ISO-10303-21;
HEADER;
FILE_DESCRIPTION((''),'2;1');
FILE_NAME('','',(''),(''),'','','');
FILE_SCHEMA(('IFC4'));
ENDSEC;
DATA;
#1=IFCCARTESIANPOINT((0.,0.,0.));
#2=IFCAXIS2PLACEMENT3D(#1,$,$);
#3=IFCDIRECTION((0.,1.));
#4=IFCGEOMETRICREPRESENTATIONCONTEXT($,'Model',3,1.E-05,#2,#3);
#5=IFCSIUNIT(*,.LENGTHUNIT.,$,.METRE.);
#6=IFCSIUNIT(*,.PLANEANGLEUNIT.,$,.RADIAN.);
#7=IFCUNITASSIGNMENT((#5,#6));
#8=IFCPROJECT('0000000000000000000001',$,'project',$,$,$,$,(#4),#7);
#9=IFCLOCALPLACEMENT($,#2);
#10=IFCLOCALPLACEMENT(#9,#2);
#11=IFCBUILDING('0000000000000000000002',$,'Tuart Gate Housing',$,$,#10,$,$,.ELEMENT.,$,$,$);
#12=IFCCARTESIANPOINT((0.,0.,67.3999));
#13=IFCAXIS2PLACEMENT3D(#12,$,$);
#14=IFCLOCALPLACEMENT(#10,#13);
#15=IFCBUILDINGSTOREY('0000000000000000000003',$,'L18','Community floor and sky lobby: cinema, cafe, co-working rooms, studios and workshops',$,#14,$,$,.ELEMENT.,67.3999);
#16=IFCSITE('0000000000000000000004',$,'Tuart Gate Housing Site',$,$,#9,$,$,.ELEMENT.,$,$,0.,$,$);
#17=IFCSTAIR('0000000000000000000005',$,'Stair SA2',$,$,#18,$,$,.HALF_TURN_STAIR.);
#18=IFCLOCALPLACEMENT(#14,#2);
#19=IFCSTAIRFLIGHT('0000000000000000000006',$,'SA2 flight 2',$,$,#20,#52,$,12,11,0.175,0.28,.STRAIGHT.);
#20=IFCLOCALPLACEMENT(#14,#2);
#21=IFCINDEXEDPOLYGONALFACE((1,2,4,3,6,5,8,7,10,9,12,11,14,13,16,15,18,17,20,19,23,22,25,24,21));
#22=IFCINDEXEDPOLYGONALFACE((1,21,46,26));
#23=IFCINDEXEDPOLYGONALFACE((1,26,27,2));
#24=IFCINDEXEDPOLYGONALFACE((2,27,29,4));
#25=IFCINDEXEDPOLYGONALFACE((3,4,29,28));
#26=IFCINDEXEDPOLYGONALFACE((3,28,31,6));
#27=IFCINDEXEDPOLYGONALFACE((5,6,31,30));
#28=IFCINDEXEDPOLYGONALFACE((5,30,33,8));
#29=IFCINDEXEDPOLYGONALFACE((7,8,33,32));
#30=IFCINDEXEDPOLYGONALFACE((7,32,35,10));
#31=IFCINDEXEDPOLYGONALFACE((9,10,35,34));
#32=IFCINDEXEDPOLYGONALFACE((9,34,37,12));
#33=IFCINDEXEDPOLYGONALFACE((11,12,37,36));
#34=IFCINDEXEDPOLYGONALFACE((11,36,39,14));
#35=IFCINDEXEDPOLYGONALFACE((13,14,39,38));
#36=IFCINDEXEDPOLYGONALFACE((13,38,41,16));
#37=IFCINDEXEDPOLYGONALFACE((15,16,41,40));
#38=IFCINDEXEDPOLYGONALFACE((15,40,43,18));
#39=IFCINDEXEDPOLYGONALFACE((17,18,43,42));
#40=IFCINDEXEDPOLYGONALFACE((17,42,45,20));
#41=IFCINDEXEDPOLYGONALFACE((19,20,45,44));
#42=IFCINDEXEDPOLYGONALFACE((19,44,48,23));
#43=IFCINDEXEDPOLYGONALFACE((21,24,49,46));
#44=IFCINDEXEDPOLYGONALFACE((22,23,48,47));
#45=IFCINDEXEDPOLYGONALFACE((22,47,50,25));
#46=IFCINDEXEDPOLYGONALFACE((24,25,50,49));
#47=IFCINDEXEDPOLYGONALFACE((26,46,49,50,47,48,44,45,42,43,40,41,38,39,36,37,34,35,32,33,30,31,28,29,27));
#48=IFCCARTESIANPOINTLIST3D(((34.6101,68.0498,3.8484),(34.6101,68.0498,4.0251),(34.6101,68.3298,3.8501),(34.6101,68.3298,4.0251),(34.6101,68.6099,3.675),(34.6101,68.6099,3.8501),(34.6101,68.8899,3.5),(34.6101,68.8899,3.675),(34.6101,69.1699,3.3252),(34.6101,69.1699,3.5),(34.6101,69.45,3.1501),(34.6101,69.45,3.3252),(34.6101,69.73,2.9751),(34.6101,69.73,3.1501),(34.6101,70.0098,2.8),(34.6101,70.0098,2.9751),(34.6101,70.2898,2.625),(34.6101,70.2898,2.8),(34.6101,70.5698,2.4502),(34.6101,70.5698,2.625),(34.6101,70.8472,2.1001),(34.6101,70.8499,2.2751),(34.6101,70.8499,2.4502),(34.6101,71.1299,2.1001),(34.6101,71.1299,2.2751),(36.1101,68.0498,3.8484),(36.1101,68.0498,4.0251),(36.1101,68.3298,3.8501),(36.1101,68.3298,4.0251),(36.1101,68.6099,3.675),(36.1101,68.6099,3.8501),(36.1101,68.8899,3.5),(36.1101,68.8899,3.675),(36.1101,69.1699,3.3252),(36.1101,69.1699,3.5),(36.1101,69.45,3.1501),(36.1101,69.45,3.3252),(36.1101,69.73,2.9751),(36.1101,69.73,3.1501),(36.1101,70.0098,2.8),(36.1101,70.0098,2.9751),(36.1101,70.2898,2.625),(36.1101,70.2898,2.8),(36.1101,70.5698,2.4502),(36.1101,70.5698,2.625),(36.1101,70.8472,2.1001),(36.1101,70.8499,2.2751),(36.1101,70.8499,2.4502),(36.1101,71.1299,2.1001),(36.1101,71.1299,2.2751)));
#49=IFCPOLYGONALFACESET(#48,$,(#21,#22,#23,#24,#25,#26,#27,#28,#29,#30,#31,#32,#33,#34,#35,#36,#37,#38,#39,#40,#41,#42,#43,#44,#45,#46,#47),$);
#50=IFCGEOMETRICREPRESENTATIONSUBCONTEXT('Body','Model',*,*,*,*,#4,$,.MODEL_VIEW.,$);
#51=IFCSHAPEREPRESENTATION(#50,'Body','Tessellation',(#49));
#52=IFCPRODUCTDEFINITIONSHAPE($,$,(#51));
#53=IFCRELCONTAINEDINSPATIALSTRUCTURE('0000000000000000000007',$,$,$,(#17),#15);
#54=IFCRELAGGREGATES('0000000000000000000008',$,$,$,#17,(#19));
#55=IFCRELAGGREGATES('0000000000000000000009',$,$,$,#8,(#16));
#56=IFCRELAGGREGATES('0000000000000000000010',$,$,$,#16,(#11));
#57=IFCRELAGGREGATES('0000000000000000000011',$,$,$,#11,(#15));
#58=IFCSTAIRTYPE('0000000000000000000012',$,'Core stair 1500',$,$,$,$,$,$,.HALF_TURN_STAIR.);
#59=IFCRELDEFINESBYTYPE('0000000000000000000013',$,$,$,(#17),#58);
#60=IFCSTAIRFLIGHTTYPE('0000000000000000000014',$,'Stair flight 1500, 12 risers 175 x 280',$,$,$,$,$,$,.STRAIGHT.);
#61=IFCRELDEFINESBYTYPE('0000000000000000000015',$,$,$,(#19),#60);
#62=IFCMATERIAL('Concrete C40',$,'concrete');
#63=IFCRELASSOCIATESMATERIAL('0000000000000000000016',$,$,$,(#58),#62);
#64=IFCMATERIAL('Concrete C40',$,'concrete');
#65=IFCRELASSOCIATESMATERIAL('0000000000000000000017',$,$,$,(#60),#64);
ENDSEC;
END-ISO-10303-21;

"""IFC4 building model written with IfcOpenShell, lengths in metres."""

from ifc_helpers import new_model, si_unit, direction, frame, origin, place, context, subcontext, project, spatial, polyline, outline, extrude, material, type_object, element, aggregate, save


model = new_model("IFC4")

# Units and contexts
model_context = context("Model", 3, precision=1e-05, world=origin(), true_north=direction((0.0, 1.0)))
body_context = subcontext(model_context, "Body", "Model", "MODEL_VIEW")
ifc_project = project(units=[si_unit("LENGTHUNIT", "METRE"), si_unit("PLANEANGLEUNIT", "RADIAN")], contexts=[model_context])

# Site, building, storey
site_placement = place(None, origin())
site = spatial("IfcSite", under=ifc_project, at=site_placement, Name="Tuart Gate Housing Site", CompositionType="ELEMENT", RefElevation=0.0)
building_placement = place(site_placement, origin())
building = spatial("IfcBuilding", under=site, at=building_placement, Name="Tuart Gate Housing", CompositionType="ELEMENT")
storey_placement = place(building_placement, frame((0.0, 0.0, 67.3999)))
storey = spatial("IfcBuildingStorey", under=building, at=storey_placement, Name="L18", Description="Community floor and sky lobby: cinema, cafe, co-working rooms, studios and workshops", CompositionType="ELEMENT", Elevation=67.3999)

# Stair, stair flight
ifc_material_1 = material(Name="Concrete C40", Category="concrete")
stair_type = type_object("IfcStairType", Name="Core stair 1500", PredefinedType="HALF_TURN_STAIR", material=ifc_material_1)
stair_placement = place(storey_placement, origin())
stair = element("IfcStair", 1, at=stair_placement, inside=storey, type_object=stair_type, Name="Stair SA2", PredefinedType="HALF_TURN_STAIR")
ifc_material_2 = material(Name="Concrete C40", Category="concrete")
stair_flight_type = type_object("IfcStairFlightType", Name="Stair flight 1500, 12 risers 175 x 280", PredefinedType="STRAIGHT", material=ifc_material_2)
stair_flight_1_placement = place(storey_placement, frame((35.3601, 71.1299, 2.1001), z_axis=(0.0, 0.0, 1.0), x_axis=(0.0, -1.0, 0.0)))
stair_flight_1 = element("IfcStairFlight", 2, at=stair_flight_1_placement, type_object=stair_flight_type, Name="SA2 flight 2", NumberOfRisers=12, NumberOfTreads=11, PredefinedType="STRAIGHT", RiserHeight=0.175, TreadLength=0.28, context=body_context, shape_type="SweptSolid", body=[
    extrude(outline(polyline([(0.0, 0.0), (0.0, 0.175), (0.28, 0.175), (0.28, 0.3501), (0.5601, 0.3501), (0.5601, 0.5249), (0.8401, 0.5249), (0.8401, 0.7), (1.1201, 0.7), (1.1201, 0.875), (1.3999, 0.875), (1.3999, 1.05), (1.6799, 1.05), (1.6799, 1.2251), (1.96, 1.2251), (1.96, 1.3999), (2.24, 1.3999), (2.24, 1.575), (2.52, 1.575), (2.52, 1.75), (2.8, 1.75), (2.8, 1.925), (3.0801, 1.925), (3.0801, 2.1001), (3.0801, 1.7483), (0.2827, 0.0), (0.0, 0.0)])), frame((0.0, 0.75, 0.0), z_axis=(0.0, -1.0, 0.0), x_axis=(1.0, 0.0, 0.0)), (0.0, 0.0, 1.0), 1.5),
])
aggregate(stair, [stair_flight_1])

save(model, "model.ifc")
